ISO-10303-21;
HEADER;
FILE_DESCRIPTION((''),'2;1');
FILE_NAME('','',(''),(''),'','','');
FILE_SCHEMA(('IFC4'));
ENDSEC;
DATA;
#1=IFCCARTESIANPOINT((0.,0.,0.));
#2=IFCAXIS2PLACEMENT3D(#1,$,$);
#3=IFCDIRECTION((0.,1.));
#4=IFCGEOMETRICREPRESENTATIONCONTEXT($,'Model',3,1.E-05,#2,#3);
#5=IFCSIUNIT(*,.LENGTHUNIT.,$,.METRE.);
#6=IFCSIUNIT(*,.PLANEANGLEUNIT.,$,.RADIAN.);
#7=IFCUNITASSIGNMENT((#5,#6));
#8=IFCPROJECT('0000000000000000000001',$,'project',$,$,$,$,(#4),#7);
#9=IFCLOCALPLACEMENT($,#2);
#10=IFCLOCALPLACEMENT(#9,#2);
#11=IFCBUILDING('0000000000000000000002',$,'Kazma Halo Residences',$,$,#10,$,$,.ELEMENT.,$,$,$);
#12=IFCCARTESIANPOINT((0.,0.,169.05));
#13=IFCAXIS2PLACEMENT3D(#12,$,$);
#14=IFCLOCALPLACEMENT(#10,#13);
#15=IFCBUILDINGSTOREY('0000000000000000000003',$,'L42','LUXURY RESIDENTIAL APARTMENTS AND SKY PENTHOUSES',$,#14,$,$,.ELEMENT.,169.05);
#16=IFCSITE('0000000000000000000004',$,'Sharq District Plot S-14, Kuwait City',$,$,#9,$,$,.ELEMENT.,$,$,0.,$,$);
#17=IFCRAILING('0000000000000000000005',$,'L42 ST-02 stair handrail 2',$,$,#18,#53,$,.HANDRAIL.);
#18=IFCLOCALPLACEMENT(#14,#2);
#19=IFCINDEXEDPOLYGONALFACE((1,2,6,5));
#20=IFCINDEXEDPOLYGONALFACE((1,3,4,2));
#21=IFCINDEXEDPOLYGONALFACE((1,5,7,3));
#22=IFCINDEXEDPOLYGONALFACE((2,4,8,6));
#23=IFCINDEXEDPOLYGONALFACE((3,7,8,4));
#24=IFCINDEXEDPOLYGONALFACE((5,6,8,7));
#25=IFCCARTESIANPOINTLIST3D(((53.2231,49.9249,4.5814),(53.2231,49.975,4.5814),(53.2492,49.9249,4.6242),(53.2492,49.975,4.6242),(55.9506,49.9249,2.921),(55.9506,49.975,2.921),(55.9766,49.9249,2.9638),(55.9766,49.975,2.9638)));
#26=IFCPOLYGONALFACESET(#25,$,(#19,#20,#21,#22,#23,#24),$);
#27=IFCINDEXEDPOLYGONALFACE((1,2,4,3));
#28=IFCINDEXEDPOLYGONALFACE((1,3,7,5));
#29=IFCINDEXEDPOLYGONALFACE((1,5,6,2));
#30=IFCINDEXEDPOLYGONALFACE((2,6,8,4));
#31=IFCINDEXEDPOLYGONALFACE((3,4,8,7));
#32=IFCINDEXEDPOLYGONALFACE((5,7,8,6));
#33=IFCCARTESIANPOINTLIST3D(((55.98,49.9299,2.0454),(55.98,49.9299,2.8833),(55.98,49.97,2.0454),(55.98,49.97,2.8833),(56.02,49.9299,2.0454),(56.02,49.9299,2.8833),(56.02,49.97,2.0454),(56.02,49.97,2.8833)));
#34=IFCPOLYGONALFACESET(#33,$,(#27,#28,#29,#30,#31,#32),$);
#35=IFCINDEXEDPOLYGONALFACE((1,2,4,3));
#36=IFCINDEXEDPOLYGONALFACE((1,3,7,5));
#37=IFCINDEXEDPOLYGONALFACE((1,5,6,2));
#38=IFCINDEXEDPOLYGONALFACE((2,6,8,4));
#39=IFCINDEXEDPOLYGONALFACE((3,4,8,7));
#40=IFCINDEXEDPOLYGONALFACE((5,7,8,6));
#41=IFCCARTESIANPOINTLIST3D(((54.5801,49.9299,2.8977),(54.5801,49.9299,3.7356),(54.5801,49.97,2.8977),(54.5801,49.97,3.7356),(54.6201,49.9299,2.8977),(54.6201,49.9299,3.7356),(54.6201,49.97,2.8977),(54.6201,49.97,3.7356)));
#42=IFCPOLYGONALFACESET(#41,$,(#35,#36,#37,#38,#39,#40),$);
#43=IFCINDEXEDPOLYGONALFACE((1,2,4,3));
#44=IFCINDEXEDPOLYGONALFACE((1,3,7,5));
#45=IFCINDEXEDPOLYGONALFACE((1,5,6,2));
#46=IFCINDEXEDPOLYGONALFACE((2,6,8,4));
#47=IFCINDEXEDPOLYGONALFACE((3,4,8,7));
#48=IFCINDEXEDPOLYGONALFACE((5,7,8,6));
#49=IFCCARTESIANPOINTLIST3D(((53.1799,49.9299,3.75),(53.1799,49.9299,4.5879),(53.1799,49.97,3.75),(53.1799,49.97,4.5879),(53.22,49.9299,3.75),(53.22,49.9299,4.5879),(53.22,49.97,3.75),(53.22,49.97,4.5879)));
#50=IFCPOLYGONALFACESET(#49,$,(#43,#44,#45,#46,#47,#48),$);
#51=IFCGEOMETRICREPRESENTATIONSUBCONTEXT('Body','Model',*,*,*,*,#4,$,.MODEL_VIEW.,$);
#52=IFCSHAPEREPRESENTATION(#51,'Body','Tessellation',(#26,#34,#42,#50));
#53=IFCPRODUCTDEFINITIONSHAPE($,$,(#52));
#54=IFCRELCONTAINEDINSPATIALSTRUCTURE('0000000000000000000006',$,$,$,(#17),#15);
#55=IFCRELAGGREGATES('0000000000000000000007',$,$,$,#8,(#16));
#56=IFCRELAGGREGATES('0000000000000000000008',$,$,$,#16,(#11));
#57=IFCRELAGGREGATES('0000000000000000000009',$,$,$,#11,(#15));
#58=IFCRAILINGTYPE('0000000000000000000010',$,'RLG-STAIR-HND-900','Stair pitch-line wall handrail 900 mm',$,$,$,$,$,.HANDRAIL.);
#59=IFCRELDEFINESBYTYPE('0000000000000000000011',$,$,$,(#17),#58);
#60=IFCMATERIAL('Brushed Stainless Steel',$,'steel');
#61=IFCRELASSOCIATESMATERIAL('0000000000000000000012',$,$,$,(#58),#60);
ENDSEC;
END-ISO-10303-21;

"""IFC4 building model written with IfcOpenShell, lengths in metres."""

from ifc_helpers import new_model, si_unit, direction, frame, origin, origin_2d, place, context, subcontext, project, spatial, rectangle, extrude, material, type_object, element, save


model = new_model("IFC4")

# Units and contexts
model_context = context("Model", 3, precision=1e-05, world=origin(), true_north=direction((0.0, 1.0)))
body_context = subcontext(model_context, "Body", "Model", "MODEL_VIEW")
ifc_project = project(units=[si_unit("LENGTHUNIT", "METRE"), si_unit("PLANEANGLEUNIT", "RADIAN")], contexts=[model_context])

# Site, building, storey
site_placement = place(None, origin())
site = spatial("IfcSite", under=ifc_project, at=site_placement, Name="Sharq District Plot S-14, Kuwait City", CompositionType="ELEMENT", RefElevation=0.0)
building_placement = place(site_placement, origin())
building = spatial("IfcBuilding", under=site, at=building_placement, Name="Kazma Halo Residences", CompositionType="ELEMENT")
storey_placement = place(building_placement, frame((0.0, 0.0, 169.05)))
storey = spatial("IfcBuildingStorey", under=building, at=storey_placement, Name="L42", Description="LUXURY RESIDENTIAL APARTMENTS AND SKY PENTHOUSES", CompositionType="ELEMENT", Elevation=169.05)

# Railing
ifc_material_1 = material(Name="Brushed Stainless Steel", Category="steel")
railing_type_1 = type_object("IfcRailingType", Name="RLG-STAIR-HND-900", Description="Stair pitch-line wall handrail 900 mm", PredefinedType="HANDRAIL", material=ifc_material_1)
railing_1_placement = place(storey_placement, frame((56.0, 49.95, 2.0454)))
element("IfcRailing", 1, at=railing_1_placement, inside=storey, type_object=railing_type_1, Name="L42 ST-02 stair handrail 2", PredefinedType="HANDRAIL", context=body_context, shape_type="SweptSolid", body=[
    extrude(rectangle(XDim=0.05, YDim=0.05, at=origin_2d()), frame((-0.0364, 0.0, 0.897), z_axis=(-0.85417, 0.0, 0.519994), x_axis=(0.0, -1.0, 0.0)), (0.0, 0.0, 1.0), 3.1931),
    extrude(rectangle(XDim=0.04, YDim=0.04, at=origin_2d()), origin(), (0.0, 0.0, 1.0), 0.8379),
    extrude(rectangle(XDim=0.04, YDim=0.04, at=origin_2d()), frame((-1.3999, 0.0, 0.8523)), (0.0, 0.0, 1.0), 0.8379),
    extrude(rectangle(XDim=0.04, YDim=0.04, at=origin_2d()), frame((-2.8, 0.0, 1.7046)), (0.0, 0.0, 1.0), 0.8379),
])

save(model, "model.ifc")
